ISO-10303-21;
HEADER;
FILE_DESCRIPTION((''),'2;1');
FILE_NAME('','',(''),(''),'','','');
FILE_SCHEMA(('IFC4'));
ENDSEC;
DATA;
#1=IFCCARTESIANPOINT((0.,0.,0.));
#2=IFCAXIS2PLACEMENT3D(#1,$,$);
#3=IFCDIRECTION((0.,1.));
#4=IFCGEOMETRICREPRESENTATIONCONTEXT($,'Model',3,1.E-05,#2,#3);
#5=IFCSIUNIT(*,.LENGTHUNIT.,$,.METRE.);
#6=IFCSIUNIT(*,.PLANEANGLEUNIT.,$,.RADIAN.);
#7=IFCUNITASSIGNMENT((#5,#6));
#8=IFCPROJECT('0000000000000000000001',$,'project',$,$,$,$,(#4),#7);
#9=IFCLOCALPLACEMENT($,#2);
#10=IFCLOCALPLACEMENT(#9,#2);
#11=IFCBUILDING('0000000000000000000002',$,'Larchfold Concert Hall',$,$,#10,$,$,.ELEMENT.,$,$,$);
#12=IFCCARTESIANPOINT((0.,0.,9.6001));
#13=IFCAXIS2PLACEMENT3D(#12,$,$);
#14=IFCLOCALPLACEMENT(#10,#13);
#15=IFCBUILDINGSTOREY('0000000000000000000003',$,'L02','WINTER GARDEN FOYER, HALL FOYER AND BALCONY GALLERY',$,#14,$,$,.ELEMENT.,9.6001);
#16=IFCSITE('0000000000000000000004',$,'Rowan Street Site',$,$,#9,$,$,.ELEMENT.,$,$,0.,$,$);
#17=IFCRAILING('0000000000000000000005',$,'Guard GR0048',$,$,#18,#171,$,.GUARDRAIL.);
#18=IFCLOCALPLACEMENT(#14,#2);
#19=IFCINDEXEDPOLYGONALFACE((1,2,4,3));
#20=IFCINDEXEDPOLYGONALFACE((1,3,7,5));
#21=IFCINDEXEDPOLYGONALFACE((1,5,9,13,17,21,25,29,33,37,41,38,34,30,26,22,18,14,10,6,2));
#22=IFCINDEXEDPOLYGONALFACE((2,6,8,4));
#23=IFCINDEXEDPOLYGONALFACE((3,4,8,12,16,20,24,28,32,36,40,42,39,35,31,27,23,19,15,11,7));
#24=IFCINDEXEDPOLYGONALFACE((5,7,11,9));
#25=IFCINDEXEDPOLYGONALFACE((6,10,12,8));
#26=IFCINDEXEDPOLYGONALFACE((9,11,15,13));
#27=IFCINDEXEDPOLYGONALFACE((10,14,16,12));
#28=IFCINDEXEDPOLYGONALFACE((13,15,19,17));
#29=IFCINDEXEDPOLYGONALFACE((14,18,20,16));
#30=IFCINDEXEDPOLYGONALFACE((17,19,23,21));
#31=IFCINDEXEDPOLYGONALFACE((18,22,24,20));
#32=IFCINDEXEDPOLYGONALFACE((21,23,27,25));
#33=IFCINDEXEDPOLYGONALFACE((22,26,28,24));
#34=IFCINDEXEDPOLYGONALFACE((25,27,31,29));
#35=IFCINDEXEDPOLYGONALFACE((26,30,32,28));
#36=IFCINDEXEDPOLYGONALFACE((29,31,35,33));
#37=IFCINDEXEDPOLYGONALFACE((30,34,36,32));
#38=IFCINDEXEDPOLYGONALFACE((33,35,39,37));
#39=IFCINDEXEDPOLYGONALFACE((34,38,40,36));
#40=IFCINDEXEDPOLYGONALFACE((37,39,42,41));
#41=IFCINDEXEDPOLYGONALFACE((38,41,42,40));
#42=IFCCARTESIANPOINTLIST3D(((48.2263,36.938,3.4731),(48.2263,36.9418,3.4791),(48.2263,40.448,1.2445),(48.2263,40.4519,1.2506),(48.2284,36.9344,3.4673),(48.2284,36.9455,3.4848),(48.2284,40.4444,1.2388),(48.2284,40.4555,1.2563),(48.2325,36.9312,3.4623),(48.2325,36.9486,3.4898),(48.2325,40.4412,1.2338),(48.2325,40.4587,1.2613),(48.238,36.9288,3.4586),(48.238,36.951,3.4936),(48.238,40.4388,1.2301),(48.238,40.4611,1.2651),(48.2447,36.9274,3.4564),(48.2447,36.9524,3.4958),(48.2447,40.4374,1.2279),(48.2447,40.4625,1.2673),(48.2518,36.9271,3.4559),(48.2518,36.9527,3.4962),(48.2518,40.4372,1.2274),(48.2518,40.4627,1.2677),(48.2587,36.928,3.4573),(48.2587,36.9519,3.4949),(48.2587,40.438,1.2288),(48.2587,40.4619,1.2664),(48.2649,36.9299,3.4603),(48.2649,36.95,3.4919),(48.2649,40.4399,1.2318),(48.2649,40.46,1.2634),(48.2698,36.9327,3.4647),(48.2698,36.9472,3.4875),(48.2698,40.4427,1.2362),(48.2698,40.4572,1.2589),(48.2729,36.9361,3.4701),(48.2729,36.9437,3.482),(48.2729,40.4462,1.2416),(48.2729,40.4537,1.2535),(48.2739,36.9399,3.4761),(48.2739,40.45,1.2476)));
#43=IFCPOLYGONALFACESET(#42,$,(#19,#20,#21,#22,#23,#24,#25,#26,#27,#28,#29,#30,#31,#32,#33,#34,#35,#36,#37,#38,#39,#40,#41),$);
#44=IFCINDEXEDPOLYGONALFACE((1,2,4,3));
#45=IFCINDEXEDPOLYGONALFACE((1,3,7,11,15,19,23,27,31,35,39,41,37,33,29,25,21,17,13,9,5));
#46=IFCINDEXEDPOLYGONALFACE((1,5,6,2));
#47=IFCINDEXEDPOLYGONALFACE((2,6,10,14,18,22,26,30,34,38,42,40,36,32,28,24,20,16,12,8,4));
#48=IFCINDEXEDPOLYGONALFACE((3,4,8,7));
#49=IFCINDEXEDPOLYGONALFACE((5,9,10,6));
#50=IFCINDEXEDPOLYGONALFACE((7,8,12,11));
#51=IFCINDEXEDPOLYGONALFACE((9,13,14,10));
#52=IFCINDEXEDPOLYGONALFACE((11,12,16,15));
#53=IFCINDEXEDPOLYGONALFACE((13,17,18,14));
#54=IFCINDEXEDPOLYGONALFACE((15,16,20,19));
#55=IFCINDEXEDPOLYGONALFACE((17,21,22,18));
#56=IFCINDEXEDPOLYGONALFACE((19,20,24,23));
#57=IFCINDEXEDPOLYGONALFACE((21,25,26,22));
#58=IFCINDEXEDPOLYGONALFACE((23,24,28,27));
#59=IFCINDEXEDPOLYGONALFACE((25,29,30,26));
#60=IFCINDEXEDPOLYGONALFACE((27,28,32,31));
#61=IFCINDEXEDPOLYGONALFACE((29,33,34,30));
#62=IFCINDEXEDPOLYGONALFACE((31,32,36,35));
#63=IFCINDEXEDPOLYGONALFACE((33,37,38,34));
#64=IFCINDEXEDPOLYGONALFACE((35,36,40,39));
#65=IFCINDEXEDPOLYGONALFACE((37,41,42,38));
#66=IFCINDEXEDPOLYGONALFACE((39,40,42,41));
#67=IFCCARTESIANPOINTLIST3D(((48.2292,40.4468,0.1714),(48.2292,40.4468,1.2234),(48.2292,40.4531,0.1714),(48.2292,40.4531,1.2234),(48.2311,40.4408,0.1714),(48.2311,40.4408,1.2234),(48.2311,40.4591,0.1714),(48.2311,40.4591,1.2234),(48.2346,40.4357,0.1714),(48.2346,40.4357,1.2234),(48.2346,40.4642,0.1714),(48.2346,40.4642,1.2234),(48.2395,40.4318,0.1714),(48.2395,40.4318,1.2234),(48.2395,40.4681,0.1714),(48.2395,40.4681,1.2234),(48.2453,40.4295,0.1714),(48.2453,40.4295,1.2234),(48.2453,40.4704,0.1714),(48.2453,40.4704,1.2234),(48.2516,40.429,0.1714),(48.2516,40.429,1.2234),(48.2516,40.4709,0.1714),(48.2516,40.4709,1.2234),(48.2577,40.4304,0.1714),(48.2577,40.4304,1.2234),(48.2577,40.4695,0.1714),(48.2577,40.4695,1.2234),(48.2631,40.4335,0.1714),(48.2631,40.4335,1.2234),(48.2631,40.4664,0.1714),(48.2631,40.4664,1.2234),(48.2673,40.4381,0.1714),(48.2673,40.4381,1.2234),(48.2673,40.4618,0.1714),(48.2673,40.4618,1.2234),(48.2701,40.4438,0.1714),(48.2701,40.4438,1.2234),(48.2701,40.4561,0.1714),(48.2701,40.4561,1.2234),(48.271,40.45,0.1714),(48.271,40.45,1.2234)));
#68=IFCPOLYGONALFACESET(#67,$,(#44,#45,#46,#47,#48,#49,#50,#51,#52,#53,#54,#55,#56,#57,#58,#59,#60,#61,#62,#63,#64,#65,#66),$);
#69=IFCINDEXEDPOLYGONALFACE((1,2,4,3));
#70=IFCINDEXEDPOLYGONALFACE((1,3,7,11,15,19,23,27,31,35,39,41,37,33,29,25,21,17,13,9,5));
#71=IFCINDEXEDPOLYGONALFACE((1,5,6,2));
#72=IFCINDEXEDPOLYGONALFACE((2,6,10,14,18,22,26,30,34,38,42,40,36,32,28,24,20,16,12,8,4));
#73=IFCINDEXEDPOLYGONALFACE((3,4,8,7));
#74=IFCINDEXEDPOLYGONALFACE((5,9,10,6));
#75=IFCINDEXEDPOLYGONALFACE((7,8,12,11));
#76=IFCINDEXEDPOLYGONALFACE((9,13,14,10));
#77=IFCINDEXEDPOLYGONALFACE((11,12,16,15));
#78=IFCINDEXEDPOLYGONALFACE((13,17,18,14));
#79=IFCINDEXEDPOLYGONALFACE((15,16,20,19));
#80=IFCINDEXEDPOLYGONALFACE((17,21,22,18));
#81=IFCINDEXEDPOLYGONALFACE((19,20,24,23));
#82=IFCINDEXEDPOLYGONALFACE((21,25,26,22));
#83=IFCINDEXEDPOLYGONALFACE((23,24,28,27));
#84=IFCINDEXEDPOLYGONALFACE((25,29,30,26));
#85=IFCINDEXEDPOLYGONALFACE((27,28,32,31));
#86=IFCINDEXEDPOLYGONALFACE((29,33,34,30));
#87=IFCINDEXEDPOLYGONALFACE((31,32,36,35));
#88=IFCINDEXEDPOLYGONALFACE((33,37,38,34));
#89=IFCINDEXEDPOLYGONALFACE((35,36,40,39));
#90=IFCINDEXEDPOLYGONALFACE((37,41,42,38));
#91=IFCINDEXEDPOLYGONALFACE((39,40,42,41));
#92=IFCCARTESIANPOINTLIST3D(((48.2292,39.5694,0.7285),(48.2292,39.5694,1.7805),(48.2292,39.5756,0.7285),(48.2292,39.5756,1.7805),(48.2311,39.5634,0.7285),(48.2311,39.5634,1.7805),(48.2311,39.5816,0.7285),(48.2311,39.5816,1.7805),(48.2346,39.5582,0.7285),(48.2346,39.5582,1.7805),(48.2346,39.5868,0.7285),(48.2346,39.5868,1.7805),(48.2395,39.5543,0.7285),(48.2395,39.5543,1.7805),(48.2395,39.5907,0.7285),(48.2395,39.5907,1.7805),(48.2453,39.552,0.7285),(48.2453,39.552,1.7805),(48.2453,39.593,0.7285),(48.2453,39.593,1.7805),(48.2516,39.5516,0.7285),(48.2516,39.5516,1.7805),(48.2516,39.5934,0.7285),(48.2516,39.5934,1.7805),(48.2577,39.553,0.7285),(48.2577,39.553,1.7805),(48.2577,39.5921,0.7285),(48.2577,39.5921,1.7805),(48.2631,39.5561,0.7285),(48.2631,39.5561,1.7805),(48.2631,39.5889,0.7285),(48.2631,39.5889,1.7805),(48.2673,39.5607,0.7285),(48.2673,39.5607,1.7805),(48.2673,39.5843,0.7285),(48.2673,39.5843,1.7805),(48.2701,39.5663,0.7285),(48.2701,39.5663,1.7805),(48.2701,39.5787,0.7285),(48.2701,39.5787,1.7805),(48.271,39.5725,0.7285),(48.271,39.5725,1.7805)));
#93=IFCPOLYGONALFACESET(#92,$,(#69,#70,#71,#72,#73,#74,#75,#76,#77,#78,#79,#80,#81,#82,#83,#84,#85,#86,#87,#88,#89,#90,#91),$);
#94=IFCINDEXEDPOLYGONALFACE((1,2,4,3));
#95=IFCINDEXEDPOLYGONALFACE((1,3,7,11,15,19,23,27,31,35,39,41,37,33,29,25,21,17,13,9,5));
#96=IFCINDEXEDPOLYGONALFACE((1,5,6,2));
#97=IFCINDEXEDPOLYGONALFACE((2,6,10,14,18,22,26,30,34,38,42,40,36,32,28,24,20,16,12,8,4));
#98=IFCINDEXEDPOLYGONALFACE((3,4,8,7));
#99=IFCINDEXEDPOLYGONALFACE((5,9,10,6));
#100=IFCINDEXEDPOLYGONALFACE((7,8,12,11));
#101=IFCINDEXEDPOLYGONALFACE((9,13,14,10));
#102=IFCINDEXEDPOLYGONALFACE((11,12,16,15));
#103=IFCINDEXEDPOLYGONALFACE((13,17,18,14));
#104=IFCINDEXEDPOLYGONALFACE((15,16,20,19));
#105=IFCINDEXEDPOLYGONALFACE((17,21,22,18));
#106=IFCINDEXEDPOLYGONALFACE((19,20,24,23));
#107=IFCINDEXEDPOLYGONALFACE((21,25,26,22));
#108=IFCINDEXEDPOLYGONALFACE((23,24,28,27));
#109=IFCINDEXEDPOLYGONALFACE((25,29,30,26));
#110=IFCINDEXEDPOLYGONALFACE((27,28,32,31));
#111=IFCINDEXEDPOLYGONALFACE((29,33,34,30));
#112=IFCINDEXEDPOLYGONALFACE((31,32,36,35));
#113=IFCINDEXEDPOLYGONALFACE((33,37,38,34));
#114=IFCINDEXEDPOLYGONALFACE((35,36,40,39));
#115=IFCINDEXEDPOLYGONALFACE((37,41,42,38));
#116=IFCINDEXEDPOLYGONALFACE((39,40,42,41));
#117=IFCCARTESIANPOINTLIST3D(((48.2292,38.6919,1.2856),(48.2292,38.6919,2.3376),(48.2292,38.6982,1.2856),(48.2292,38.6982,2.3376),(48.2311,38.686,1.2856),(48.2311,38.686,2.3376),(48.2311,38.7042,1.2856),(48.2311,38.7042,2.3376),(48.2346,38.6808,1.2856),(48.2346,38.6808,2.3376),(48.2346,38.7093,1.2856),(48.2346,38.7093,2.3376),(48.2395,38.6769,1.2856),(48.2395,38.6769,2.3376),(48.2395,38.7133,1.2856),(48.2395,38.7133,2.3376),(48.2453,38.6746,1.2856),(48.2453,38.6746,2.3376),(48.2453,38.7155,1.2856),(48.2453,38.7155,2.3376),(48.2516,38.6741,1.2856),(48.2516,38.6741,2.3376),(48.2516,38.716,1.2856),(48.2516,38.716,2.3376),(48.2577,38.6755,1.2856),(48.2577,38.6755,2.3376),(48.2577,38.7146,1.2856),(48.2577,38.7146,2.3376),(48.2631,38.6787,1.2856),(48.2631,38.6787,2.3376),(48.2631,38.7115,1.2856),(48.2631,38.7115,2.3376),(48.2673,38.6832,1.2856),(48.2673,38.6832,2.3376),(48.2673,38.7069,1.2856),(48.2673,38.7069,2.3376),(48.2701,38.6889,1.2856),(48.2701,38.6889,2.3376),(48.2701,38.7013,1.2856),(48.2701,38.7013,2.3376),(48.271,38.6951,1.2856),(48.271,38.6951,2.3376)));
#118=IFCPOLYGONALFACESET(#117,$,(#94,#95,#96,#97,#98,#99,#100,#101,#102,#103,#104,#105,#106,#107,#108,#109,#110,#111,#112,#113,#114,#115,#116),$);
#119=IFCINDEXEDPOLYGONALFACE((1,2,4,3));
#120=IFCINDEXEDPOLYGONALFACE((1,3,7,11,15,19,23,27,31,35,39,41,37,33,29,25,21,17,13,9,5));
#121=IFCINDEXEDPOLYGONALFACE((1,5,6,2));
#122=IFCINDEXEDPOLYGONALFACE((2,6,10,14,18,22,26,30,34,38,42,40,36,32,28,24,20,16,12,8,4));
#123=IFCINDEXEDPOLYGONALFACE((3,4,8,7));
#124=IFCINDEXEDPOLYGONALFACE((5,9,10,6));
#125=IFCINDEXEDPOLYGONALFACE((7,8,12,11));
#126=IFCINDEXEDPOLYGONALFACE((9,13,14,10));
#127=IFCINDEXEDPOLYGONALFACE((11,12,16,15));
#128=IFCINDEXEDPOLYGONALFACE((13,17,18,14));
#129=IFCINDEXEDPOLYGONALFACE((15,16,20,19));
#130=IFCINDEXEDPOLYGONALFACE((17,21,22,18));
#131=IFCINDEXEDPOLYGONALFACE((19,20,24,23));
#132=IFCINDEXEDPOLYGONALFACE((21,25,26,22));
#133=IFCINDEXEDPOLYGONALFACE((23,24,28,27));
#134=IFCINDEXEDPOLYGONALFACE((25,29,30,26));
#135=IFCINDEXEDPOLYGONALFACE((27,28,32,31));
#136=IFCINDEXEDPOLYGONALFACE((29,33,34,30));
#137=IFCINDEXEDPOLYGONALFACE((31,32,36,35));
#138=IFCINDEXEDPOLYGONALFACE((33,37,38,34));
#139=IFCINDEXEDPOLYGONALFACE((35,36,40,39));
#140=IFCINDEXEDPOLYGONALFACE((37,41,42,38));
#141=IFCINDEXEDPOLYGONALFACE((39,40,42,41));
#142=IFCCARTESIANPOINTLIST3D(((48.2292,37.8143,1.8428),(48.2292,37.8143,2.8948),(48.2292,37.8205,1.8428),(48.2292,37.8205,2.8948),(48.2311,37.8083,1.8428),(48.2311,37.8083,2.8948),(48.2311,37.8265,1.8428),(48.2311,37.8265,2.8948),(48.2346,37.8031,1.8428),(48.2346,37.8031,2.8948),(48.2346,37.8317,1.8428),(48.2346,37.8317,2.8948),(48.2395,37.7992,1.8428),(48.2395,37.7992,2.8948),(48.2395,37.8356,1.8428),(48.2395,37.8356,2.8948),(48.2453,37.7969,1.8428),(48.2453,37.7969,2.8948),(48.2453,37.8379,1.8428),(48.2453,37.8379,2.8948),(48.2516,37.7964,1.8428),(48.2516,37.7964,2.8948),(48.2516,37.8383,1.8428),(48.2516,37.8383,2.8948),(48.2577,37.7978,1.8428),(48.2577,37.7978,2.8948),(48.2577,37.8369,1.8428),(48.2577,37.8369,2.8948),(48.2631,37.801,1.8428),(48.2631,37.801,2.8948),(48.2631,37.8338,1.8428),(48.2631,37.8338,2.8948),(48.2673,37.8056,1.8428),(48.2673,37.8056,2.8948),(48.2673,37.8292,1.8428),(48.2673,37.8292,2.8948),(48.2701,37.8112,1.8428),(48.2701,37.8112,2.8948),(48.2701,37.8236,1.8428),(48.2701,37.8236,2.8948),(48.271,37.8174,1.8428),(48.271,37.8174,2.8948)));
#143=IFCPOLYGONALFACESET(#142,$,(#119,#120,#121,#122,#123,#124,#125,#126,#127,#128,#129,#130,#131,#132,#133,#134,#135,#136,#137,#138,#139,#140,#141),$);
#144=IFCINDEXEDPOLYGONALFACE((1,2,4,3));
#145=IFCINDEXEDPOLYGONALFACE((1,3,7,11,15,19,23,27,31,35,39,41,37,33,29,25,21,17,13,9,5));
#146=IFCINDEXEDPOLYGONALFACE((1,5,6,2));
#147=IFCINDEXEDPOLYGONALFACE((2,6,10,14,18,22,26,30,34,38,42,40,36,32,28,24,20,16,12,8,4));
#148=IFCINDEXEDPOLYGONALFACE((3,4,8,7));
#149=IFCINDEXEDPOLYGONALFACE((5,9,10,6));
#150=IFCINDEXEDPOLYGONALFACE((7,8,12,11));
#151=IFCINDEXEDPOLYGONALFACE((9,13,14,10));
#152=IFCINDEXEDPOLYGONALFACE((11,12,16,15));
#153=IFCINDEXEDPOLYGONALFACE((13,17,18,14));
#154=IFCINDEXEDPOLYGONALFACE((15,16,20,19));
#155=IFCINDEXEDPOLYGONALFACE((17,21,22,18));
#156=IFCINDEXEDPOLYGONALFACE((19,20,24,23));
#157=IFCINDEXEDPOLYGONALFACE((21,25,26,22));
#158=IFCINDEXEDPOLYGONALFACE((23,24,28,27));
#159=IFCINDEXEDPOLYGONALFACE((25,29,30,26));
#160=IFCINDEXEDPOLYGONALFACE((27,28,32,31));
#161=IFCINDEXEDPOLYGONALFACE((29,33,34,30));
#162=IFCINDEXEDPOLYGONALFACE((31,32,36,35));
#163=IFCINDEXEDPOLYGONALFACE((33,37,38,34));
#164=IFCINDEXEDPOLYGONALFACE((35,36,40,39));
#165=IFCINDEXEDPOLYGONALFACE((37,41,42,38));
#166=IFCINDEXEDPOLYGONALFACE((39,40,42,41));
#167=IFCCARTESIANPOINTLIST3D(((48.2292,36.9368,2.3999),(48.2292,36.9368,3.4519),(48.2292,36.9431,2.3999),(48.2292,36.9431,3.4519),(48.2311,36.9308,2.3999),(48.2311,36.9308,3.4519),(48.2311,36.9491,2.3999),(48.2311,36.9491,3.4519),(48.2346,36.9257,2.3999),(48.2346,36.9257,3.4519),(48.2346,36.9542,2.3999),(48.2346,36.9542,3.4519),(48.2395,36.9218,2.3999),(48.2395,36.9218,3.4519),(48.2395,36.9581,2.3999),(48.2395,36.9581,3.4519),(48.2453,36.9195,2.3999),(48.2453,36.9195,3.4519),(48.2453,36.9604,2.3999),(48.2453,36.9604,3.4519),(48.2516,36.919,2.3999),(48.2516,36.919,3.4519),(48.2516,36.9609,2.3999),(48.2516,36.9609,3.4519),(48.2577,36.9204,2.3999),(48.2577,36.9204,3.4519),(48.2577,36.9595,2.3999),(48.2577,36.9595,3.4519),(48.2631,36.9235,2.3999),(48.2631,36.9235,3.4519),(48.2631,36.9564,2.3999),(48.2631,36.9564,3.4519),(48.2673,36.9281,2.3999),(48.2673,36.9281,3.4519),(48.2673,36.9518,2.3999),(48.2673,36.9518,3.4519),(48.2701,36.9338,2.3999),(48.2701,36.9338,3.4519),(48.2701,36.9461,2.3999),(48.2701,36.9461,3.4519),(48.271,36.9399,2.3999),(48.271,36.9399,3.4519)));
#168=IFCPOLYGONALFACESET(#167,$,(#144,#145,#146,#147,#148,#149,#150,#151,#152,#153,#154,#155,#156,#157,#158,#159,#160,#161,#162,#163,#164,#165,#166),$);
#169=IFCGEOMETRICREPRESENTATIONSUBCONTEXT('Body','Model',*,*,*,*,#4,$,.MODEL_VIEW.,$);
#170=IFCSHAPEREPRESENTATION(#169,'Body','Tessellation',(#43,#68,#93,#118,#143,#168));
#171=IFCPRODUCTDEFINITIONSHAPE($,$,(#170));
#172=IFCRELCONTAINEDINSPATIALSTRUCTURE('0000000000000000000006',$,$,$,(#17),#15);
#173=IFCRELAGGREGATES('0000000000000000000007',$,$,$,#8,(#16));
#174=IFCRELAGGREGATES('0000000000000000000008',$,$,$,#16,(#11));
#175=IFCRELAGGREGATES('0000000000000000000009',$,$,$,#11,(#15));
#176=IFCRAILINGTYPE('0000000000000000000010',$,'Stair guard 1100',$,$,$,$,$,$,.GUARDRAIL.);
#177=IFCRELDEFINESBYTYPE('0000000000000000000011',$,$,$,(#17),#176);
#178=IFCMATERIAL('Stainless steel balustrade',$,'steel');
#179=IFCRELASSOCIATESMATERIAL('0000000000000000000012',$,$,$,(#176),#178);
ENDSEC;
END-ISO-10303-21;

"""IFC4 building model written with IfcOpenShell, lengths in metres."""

from ifc_helpers import new_model, si_unit, direction, frame, origin, origin_2d, place, context, subcontext, project, spatial, circle, extrude, material, type_object, element, save


model = new_model("IFC4")

# Units and contexts
model_context = context("Model", 3, precision=1e-05, world=origin(), true_north=direction((0.0, 1.0)))
body_context = subcontext(model_context, "Body", "Model", "MODEL_VIEW")
ifc_project = project(units=[si_unit("LENGTHUNIT", "METRE"), si_unit("PLANEANGLEUNIT", "RADIAN")], contexts=[model_context])

# Site, building, storey
site_placement = place(None, origin())
site = spatial("IfcSite", under=ifc_project, at=site_placement, Name="Rowan Street Site", CompositionType="ELEMENT", RefElevation=0.0)
building_placement = place(site_placement, origin())
building = spatial("IfcBuilding", under=site, at=building_placement, Name="Larchfold Concert Hall", CompositionType="ELEMENT")
storey_placement = place(building_placement, frame((0.0, 0.0, 9.6001)))
storey = spatial("IfcBuildingStorey", under=building, at=storey_placement, Name="L02", Description="WINTER GARDEN FOYER, HALL FOYER AND BALCONY GALLERY", CompositionType="ELEMENT", Elevation=9.6001)

# Railing
ifc_material_1 = material(Name="Stainless steel balustrade", Category="steel")
railing_type_1 = type_object("IfcRailingType", Name="Stair guard 1100", PredefinedType="GUARDRAIL", material=ifc_material_1)
railing_1_placement = place(storey_placement, frame((48.25, 40.45, 0.1714)))
element("IfcRailing", 1, at=railing_1_placement, inside=storey, type_object=railing_type_1, Name="Guard GR0048", PredefinedType="GUARDRAIL", context=body_context, shape_type="SweptSolid", body=[
    extrude(circle(Radius=0.0239, at=origin_2d()), frame((0.0, 0.0, 1.0762), z_axis=(0.0, -0.84422, 0.535998), x_axis=(1.0, 0.0, 0.0)), (0.0, 0.0, 1.0), 4.1577),
    extrude(circle(Radius=0.021, at=origin_2d()), origin(), (0.0, 0.0, 1.0), 1.052),
    extrude(circle(Radius=0.021, at=origin_2d()), frame((0.0, -0.8774, 0.5571)), (0.0, 0.0, 1.0), 1.052),
    extrude(circle(Radius=0.021, at=origin_2d()), frame((0.0, -1.7549, 1.1143)), (0.0, 0.0, 1.0), 1.052),
    extrude(circle(Radius=0.021, at=origin_2d()), frame((0.0, -2.6326, 1.6714)), (0.0, 0.0, 1.0), 1.052),
    extrude(circle(Radius=0.021, at=origin_2d()), frame((0.0, -3.51, 2.2285)), (0.0, 0.0, 1.0), 1.052),
])

save(model, "model.ifc")
